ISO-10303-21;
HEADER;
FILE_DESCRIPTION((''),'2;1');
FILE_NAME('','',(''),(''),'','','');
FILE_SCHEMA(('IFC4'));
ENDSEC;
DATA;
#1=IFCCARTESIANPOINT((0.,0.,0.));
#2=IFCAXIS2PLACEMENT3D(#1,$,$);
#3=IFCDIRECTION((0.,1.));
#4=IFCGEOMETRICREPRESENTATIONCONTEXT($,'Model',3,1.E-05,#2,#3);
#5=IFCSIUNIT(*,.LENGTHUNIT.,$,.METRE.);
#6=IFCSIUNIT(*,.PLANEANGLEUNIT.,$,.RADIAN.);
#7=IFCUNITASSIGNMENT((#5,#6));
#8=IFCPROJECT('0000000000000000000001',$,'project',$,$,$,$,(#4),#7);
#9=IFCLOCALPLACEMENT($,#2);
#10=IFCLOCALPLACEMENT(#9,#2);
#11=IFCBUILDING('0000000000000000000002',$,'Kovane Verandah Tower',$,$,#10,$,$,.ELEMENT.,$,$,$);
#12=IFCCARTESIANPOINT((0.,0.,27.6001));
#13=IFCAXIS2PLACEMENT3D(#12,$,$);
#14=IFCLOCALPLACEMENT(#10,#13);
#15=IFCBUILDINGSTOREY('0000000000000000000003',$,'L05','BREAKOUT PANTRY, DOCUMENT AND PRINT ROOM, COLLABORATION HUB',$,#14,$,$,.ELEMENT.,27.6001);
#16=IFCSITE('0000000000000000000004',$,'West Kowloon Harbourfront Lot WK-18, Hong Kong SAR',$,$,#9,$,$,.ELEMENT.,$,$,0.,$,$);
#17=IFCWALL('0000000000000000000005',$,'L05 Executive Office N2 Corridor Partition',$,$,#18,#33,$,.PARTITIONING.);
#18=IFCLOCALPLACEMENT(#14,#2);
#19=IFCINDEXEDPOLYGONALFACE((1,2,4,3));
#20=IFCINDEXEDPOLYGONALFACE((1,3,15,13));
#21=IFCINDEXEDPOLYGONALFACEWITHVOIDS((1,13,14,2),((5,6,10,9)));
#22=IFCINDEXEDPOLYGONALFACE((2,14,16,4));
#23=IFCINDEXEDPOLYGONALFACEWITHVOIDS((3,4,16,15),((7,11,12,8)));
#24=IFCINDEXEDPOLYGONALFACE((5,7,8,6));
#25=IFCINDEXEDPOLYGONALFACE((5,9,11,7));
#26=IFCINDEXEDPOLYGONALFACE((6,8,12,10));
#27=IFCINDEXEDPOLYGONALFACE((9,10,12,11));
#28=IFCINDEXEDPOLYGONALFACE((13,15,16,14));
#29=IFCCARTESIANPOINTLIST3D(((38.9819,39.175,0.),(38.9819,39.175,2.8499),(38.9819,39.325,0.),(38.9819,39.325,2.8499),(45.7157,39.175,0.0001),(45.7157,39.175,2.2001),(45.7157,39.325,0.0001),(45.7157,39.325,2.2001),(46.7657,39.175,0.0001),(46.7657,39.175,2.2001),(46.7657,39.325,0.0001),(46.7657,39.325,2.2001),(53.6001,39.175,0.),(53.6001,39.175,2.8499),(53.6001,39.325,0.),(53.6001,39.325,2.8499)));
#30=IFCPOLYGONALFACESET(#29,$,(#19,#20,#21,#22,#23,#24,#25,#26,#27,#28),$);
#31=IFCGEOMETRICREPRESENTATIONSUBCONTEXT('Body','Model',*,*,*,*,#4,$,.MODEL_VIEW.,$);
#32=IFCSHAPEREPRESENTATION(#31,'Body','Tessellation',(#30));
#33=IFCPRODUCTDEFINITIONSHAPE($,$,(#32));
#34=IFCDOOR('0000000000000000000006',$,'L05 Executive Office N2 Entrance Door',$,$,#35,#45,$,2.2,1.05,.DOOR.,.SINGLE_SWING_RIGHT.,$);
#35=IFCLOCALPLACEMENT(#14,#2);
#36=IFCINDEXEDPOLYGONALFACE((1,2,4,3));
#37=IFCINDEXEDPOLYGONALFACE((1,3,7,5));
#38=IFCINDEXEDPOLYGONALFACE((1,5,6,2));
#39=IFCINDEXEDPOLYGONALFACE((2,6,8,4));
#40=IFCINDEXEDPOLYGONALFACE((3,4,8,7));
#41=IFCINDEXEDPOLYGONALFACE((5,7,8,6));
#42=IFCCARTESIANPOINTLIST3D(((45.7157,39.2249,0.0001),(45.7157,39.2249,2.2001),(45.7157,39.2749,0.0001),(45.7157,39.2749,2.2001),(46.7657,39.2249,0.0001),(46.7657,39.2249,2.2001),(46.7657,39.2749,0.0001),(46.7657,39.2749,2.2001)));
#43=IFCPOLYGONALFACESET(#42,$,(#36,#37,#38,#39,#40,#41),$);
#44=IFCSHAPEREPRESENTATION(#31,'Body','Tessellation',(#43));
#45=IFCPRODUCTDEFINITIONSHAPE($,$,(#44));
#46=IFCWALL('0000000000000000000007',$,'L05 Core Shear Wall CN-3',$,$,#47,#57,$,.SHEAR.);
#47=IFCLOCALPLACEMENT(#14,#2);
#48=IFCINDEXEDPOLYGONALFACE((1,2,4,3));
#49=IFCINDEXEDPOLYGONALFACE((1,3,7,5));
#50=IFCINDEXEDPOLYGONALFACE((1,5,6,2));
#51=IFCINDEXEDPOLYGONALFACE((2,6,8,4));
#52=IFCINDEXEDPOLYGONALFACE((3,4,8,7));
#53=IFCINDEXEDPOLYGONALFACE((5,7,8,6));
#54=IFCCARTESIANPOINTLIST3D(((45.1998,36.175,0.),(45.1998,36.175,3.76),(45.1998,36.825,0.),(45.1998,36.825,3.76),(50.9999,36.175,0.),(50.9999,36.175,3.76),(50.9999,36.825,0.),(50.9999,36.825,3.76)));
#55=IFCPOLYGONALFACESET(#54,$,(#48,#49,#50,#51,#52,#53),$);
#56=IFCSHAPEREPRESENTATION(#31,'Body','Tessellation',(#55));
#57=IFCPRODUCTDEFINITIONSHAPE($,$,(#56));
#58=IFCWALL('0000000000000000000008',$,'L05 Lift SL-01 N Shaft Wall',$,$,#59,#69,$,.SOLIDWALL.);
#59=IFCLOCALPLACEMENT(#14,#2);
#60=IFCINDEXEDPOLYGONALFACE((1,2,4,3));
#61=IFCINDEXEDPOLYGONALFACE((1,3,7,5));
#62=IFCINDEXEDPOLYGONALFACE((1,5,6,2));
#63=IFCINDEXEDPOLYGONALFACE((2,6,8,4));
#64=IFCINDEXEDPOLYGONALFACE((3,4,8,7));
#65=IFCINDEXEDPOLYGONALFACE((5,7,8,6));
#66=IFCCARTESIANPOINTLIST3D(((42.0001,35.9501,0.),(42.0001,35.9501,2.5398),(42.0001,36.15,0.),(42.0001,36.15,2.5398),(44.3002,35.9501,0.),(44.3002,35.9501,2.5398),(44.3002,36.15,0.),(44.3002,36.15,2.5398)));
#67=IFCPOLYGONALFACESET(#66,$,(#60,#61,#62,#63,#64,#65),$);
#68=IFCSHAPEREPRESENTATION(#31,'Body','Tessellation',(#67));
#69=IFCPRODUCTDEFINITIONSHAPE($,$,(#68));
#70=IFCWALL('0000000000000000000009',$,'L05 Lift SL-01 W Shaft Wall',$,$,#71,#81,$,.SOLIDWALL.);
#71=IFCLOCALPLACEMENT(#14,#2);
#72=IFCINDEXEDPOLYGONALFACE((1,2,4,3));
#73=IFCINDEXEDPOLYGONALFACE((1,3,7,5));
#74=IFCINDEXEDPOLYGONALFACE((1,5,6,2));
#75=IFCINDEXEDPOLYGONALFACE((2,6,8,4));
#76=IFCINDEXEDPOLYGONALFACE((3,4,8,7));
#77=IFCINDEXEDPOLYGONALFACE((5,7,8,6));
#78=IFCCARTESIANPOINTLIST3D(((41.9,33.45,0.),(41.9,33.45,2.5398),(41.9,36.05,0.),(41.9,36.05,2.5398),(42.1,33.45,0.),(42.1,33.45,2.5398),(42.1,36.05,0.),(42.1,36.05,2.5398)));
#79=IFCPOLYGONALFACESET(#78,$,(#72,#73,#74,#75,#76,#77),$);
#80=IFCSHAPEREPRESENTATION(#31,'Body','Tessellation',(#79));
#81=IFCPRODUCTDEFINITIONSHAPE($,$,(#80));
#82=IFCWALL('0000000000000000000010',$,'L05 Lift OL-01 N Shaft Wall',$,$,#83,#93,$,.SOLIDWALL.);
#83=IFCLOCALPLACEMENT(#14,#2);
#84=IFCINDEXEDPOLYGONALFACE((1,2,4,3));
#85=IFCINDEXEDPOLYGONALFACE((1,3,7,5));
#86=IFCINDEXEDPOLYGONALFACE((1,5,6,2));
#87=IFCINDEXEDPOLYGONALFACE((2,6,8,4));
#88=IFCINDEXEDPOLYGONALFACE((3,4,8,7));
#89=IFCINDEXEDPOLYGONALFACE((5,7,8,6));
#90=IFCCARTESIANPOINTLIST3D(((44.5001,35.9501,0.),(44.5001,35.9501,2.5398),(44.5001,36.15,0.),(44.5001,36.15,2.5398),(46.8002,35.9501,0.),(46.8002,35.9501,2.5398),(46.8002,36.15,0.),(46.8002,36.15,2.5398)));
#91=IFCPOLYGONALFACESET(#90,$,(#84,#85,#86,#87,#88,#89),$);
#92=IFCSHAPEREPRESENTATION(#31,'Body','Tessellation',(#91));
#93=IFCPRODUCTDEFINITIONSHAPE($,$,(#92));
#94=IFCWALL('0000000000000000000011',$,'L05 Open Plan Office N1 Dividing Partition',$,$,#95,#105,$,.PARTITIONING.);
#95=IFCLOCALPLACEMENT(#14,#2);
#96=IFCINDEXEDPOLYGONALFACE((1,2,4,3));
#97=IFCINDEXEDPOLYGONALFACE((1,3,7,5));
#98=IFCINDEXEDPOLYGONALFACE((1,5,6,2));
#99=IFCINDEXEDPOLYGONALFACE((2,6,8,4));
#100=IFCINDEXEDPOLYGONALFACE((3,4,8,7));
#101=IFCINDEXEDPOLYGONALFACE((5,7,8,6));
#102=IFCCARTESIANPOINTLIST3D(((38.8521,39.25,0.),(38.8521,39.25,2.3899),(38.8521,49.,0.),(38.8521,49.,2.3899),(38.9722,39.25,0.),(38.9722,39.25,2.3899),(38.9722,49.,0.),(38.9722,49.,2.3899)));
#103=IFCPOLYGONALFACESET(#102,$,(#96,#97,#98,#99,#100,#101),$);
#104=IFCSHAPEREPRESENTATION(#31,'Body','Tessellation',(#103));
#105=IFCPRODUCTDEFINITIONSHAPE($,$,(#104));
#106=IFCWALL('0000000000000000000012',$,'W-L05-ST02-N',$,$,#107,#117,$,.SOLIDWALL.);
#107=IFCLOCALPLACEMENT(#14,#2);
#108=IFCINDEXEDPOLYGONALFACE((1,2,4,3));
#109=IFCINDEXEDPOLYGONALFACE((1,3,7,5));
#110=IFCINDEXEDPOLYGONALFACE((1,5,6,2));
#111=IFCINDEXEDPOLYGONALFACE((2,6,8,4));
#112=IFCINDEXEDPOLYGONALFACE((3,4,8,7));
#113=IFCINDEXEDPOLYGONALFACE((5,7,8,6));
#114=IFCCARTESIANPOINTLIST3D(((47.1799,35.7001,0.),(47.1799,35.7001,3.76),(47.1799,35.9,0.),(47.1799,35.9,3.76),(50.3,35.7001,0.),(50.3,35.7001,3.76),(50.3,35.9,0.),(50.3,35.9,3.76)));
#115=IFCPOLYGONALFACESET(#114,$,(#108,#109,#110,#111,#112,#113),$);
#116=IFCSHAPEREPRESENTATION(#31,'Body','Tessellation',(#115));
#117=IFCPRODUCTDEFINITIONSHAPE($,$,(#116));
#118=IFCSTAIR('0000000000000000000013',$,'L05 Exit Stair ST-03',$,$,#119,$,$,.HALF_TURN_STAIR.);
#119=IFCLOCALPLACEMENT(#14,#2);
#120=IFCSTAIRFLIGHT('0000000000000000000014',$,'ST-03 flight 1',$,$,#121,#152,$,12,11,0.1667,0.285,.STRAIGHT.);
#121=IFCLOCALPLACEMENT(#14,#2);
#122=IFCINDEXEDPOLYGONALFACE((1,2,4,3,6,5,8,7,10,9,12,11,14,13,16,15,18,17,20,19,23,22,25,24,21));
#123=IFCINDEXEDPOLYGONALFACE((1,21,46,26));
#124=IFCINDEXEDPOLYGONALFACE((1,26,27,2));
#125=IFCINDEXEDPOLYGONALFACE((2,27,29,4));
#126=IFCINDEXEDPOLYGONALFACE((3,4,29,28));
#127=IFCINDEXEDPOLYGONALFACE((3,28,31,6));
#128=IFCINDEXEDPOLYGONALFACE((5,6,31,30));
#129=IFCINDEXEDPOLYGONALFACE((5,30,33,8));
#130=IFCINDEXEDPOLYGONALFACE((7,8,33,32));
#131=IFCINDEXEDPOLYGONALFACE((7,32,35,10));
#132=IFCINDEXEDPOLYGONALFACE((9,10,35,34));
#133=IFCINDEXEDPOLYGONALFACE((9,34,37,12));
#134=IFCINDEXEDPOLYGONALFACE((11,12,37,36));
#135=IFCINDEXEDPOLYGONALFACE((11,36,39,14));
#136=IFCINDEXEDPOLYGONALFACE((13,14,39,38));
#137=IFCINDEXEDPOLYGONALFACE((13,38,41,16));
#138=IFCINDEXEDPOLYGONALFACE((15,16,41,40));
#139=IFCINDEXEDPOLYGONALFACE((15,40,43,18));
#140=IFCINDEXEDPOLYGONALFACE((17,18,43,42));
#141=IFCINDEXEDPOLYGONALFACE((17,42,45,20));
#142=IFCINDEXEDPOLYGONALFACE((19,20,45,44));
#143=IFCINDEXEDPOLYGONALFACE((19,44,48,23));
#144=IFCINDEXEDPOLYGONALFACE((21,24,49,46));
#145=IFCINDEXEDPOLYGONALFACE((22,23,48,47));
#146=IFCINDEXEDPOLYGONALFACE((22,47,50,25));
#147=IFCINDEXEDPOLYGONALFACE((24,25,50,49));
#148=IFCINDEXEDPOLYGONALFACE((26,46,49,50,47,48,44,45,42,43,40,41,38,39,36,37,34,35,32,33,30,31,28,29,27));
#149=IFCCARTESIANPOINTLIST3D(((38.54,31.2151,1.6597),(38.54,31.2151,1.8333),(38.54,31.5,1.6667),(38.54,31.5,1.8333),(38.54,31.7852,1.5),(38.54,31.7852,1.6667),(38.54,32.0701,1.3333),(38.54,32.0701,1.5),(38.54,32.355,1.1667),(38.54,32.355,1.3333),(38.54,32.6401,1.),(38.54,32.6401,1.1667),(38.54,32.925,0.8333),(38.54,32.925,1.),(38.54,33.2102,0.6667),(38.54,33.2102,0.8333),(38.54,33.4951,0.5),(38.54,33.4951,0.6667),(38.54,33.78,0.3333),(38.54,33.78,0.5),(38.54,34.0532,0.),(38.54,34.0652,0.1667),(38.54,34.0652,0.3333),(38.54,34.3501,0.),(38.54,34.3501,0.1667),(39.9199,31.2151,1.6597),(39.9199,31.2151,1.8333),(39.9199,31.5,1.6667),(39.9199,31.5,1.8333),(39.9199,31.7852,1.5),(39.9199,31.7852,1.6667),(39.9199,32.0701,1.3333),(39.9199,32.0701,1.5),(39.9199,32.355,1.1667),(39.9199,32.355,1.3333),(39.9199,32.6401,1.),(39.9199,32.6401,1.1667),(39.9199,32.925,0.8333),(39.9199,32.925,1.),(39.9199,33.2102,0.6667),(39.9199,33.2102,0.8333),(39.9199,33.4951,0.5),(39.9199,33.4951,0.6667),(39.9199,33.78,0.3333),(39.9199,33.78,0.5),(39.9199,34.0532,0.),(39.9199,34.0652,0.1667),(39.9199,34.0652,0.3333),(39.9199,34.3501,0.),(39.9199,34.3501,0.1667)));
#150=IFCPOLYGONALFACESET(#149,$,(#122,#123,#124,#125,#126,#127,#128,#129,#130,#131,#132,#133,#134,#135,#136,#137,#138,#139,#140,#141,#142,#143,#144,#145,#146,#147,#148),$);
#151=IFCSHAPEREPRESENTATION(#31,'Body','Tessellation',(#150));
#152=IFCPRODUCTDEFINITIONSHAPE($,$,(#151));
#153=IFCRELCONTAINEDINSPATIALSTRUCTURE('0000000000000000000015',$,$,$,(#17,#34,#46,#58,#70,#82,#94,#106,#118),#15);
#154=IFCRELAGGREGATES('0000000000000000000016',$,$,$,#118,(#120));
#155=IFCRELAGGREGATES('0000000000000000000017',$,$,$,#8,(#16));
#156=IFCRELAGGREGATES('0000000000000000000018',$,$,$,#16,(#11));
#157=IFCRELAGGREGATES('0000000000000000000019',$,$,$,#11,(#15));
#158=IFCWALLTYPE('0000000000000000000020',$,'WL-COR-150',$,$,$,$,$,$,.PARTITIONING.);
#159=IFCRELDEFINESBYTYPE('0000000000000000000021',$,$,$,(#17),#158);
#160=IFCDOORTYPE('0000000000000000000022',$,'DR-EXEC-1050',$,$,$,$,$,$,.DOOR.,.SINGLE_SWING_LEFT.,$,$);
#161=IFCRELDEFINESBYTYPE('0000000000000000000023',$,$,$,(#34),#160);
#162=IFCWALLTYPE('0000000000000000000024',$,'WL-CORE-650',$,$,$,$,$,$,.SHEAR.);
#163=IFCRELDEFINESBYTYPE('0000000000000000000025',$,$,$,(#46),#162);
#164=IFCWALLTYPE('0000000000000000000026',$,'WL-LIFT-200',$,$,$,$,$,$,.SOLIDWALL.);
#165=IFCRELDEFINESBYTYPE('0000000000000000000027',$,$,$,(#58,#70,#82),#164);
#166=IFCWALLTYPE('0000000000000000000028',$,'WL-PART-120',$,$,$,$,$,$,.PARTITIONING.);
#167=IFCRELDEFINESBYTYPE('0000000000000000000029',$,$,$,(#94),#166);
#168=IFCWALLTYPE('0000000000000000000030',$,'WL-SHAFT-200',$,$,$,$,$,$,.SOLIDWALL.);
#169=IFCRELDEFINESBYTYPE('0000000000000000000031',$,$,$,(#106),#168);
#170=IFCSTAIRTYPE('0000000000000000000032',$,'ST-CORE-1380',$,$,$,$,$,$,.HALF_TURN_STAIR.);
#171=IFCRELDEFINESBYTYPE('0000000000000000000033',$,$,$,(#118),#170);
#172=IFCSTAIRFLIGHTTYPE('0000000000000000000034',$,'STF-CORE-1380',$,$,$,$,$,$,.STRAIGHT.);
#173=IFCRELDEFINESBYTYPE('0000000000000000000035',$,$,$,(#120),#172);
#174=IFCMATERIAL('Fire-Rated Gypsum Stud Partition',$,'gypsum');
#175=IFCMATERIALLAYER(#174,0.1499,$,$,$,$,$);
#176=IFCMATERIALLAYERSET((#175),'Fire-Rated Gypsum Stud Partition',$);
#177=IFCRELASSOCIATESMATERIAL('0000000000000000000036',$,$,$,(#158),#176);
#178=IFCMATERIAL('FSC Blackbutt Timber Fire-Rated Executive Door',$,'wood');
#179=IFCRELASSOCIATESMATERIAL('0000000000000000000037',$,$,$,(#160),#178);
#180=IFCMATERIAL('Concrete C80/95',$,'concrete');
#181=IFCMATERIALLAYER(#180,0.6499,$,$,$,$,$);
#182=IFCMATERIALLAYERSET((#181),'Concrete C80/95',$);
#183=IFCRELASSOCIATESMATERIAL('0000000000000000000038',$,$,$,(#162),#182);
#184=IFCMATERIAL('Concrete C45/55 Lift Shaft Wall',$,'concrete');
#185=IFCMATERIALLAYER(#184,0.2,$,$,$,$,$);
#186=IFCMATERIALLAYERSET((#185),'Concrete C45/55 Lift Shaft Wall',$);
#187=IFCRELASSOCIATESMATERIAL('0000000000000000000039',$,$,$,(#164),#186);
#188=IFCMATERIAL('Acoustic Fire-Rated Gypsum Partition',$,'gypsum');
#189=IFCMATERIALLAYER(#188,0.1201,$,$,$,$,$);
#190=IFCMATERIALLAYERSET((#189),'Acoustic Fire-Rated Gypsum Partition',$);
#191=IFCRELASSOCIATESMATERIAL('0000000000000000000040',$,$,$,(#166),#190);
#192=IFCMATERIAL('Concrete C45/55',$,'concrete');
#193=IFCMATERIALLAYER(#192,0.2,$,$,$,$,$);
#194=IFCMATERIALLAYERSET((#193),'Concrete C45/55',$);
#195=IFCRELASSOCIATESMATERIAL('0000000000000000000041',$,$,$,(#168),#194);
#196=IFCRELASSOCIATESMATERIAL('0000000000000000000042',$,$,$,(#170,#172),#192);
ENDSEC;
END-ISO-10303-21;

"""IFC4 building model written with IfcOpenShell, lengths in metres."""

from ifc_helpers import new_model, si_unit, direction, frame, frame_2d, origin, place, context, subcontext, project, spatial, polyline, rectangle, outline, extrude, material, layer, layer_set, type_object, element, fill, aggregate, save


model = new_model("IFC4")

# Units and contexts
model_context = context("Model", 3, precision=1e-05, world=origin(), true_north=direction((0.0, 1.0)))
body_context = subcontext(model_context, "Body", "Model", "MODEL_VIEW")
ifc_project = project(units=[si_unit("LENGTHUNIT", "METRE"), si_unit("PLANEANGLEUNIT", "RADIAN")], contexts=[model_context])

# Site, building, storey
site_placement = place(None, origin())
site = spatial("IfcSite", under=ifc_project, at=site_placement, Name="West Kowloon Harbourfront Lot WK-18, Hong Kong SAR", CompositionType="ELEMENT", RefElevation=0.0)
building_placement = place(site_placement, origin())
building = spatial("IfcBuilding", under=site, at=building_placement, Name="Kovane Verandah Tower", CompositionType="ELEMENT")
storey_placement = place(building_placement, frame((0.0, 0.0, 27.6001)))
storey = spatial("IfcBuildingStorey", under=building, at=storey_placement, Name="L05", Description="BREAKOUT PANTRY, DOCUMENT AND PRINT ROOM, COLLABORATION HUB", CompositionType="ELEMENT", Elevation=27.6001)

# Shared definitions
ifc_material_1 = material(Name="Concrete C80/95", Category="concrete")

# Wall, opening, door
ifc_material_2 = material(Name="Fire-Rated Gypsum Stud Partition", Category="gypsum")
ifc_layer_1 = layer(ifc_material_2, 0.1499)
ifc_layer_set_1 = layer_set([ifc_layer_1], Name="Fire-Rated Gypsum Stud Partition")
wall_type_1 = type_object("IfcWallType", Name="WL-COR-150", PredefinedType="PARTITIONING", material=ifc_layer_set_1)
wall_1_placement = place(storey_placement, frame((38.9819, 39.25, 0.0), z_axis=(0.0, 0.0, 1.0), x_axis=(1.0, 0.0, 0.0)))
wall_1 = element("IfcWall", 1, at=wall_1_placement, inside=storey, type_object=wall_type_1, Name="L05 Executive Office N2 Corridor Partition", PredefinedType="PARTITIONING", context=body_context, shape_type="SweptSolid", body=[
    extrude(rectangle(XDim=14.6182, YDim=0.1499, at=frame_2d((7.3091, 0.0))), origin(), (0.0, 0.0, 1.0), 2.8499),
])
opening_1_placement = place(wall_1_placement, frame((6.7339, 0.0, 0.0)))
opening_1 = element("IfcOpeningElement", 2, at=opening_1_placement, cuts=wall_1, PredefinedType="OPENING", context=body_context, shape_type="SweptSolid", body=[
    extrude(rectangle(XDim=1.05, YDim=2.2, at=frame_2d((0.5249, 1.1001))), frame((0.0, 0.075, 0.0), z_axis=(0.0, -1.0, 0.0), x_axis=(1.0, 0.0, 0.0)), (0.0, 0.0, 1.0), 0.1499),
])
ifc_material_3 = material(Name="FSC Blackbutt Timber Fire-Rated Executive Door", Category="wood")
door_type_1 = type_object("IfcDoorType", Name="DR-EXEC-1050", OperationType="SINGLE_SWING_LEFT", PredefinedType="DOOR", material=ifc_material_3)
door_1_placement = place(opening_1_placement, origin())
door_1 = element("IfcDoor", 3, at=door_1_placement, inside=storey, type_object=door_type_1, Name="L05 Executive Office N2 Entrance Door", OperationType="SINGLE_SWING_RIGHT", OverallHeight=2.2, OverallWidth=1.05, PredefinedType="DOOR", context=body_context, shape_type="SweptSolid", body=[
    extrude(rectangle(XDim=1.05, YDim=2.2, at=frame_2d((0.5249, 1.1001))), frame((0.0, 0.0249, 0.0), z_axis=(0.0, -1.0, 0.0), x_axis=(1.0, 0.0, 0.0)), (0.0, 0.0, 1.0), 0.05),
])
fill(opening_1, door_1)
ifc_layer_2 = layer(ifc_material_1, 0.6499)
ifc_layer_set_2 = layer_set([ifc_layer_2], Name="Concrete C80/95")
wall_type_2 = type_object("IfcWallType", Name="WL-CORE-650", PredefinedType="SHEAR", material=ifc_layer_set_2)

# Walls
wall_2_placement = place(storey_placement, frame((45.2, 36.5, 0.0), z_axis=(0.0, 0.0, 1.0), x_axis=(1.0, 0.0, 0.0)))
element("IfcWall", 4, at=wall_2_placement, inside=storey, type_object=wall_type_2, Name="L05 Core Shear Wall CN-3", PredefinedType="SHEAR", context=body_context, shape_type="SweptSolid", body=[
    extrude(rectangle(XDim=5.8, YDim=0.6499, at=frame_2d((2.8999, 0.0))), origin(), (0.0, 0.0, 1.0), 3.76),
])
ifc_material_4 = material(Name="Concrete C45/55 Lift Shaft Wall", Category="concrete")
ifc_layer_3 = layer(ifc_material_4, 0.2)
ifc_layer_set_3 = layer_set([ifc_layer_3], Name="Concrete C45/55 Lift Shaft Wall")
wall_type_3 = type_object("IfcWallType", Name="WL-LIFT-200", PredefinedType="SOLIDWALL", material=ifc_layer_set_3)
wall_3_placement = place(storey_placement, frame((44.3, 36.05, 0.0), z_axis=(0.0, 0.0, 1.0), x_axis=(-1.0, 0.0, 0.0)))
element("IfcWall", 5, at=wall_3_placement, inside=storey, type_object=wall_type_3, Name="L05 Lift SL-01 N Shaft Wall", PredefinedType="SOLIDWALL", context=body_context, shape_type="SweptSolid", body=[
    extrude(rectangle(XDim=2.3, YDim=0.2, at=frame_2d((1.1499, 0.0))), origin(), (0.0, 0.0, 1.0), 2.5398),
])
wall_4_placement = place(storey_placement, frame((42.0, 36.05, 0.0), z_axis=(0.0, 0.0, 1.0), x_axis=(0.0, -1.0, 0.0)))
element("IfcWall", 6, at=wall_4_placement, inside=storey, type_object=wall_type_3, Name="L05 Lift SL-01 W Shaft Wall", PredefinedType="SOLIDWALL", context=body_context, shape_type="SweptSolid", body=[
    extrude(rectangle(XDim=2.6001, YDim=0.2, at=frame_2d((1.3, 0.0))), origin(), (0.0, 0.0, 1.0), 2.5398),
])
wall_5_placement = place(storey_placement, frame((46.8, 36.05, 0.0), z_axis=(0.0, 0.0, 1.0), x_axis=(-1.0, 0.0, 0.0)))
element("IfcWall", 7, at=wall_5_placement, inside=storey, type_object=wall_type_3, Name="L05 Lift OL-01 N Shaft Wall", PredefinedType="SOLIDWALL", context=body_context, shape_type="SweptSolid", body=[
    extrude(rectangle(XDim=2.3, YDim=0.2, at=frame_2d((1.1499, 0.0))), origin(), (0.0, 0.0, 1.0), 2.5398),
])
ifc_material_5 = material(Name="Acoustic Fire-Rated Gypsum Partition", Category="gypsum")
ifc_layer_4 = layer(ifc_material_5, 0.1201)
ifc_layer_set_4 = layer_set([ifc_layer_4], Name="Acoustic Fire-Rated Gypsum Partition")
wall_type_4 = type_object("IfcWallType", Name="WL-PART-120", PredefinedType="PARTITIONING", material=ifc_layer_set_4)
wall_6_placement = place(storey_placement, frame((38.9121, 39.25, 0.0), z_axis=(0.0, 0.0, 1.0), x_axis=(0.0, 1.0, 0.0)))
element("IfcWall", 8, at=wall_6_placement, inside=storey, type_object=wall_type_4, Name="L05 Open Plan Office N1 Dividing Partition", PredefinedType="PARTITIONING", context=body_context, shape_type="SweptSolid", body=[
    extrude(rectangle(XDim=9.75, YDim=0.1201, at=frame_2d((4.875, 0.0))), origin(), (0.0, 0.0, 1.0), 2.3899),
])
ifc_material_6 = material(Name="Concrete C45/55", Category="concrete")
ifc_layer_5 = layer(ifc_material_6, 0.2)
ifc_layer_set_5 = layer_set([ifc_layer_5], Name="Concrete C45/55")
wall_type_5 = type_object("IfcWallType", Name="WL-SHAFT-200", PredefinedType="SOLIDWALL", material=ifc_layer_set_5)
wall_7_placement = place(storey_placement, frame((47.1799, 35.8, 0.0), z_axis=(0.0, 0.0, 1.0), x_axis=(1.0, 0.0, 0.0)))
element("IfcWall", 9, at=wall_7_placement, inside=storey, type_object=wall_type_5, Name="W-L05-ST02-N", PredefinedType="SOLIDWALL", context=body_context, shape_type="SweptSolid", body=[
    extrude(rectangle(XDim=3.1201, YDim=0.2, at=frame_2d((1.5601, 0.0))), origin(), (0.0, 0.0, 1.0), 3.76),
])

# Stair, stair flight
stair_type = type_object("IfcStairType", Name="ST-CORE-1380", PredefinedType="HALF_TURN_STAIR", material=ifc_material_6)
stair_placement = place(storey_placement, origin())
stair = element("IfcStair", 10, at=stair_placement, inside=storey, type_object=stair_type, Name="L05 Exit Stair ST-03", PredefinedType="HALF_TURN_STAIR")
stair_flight_type = type_object("IfcStairFlightType", Name="STF-CORE-1380", PredefinedType="STRAIGHT", material=ifc_material_6)
stair_flight_placement = place(storey_placement, frame((39.23, 34.3501, 0.0), z_axis=(0.0, 0.0, 1.0), x_axis=(0.0, -1.0, 0.0)))
stair_flight = element("IfcStairFlight", 11, at=stair_flight_placement, type_object=stair_flight_type, Name="ST-03 flight 1", NumberOfRisers=12, NumberOfTreads=11, PredefinedType="STRAIGHT", RiserHeight=0.1667, TreadLength=0.285, context=body_context, shape_type="SweptSolid", body=[
    extrude(outline(polyline([(0.0, 0.0), (0.0, 0.1667), (0.2849, 0.1667), (0.2849, 0.3333), (0.5701, 0.3333), (0.5701, 0.5), (0.855, 0.5), (0.855, 0.6667), (1.1399, 0.6667), (1.1399, 0.8333), (1.425, 0.8333), (1.425, 1.0), (1.71, 1.0), (1.71, 1.1667), (1.9951, 1.1667), (1.9951, 1.3333), (2.28, 1.3333), (2.28, 1.5), (2.5649, 1.5), (2.5649, 1.6667), (2.8501, 1.6667), (2.8501, 1.8333), (3.135, 1.8333), (3.135, 2.0), (3.135, 1.6597), (0.2969, 0.0), (0.0, 0.0)])), frame((0.0, 0.6899, 0.0), z_axis=(0.0, -1.0, 0.0), x_axis=(1.0, 0.0, 0.0)), (0.0, 0.0, 1.0), 1.3799),
])
aggregate(stair, [stair_flight])

save(model, "model.ifc")
